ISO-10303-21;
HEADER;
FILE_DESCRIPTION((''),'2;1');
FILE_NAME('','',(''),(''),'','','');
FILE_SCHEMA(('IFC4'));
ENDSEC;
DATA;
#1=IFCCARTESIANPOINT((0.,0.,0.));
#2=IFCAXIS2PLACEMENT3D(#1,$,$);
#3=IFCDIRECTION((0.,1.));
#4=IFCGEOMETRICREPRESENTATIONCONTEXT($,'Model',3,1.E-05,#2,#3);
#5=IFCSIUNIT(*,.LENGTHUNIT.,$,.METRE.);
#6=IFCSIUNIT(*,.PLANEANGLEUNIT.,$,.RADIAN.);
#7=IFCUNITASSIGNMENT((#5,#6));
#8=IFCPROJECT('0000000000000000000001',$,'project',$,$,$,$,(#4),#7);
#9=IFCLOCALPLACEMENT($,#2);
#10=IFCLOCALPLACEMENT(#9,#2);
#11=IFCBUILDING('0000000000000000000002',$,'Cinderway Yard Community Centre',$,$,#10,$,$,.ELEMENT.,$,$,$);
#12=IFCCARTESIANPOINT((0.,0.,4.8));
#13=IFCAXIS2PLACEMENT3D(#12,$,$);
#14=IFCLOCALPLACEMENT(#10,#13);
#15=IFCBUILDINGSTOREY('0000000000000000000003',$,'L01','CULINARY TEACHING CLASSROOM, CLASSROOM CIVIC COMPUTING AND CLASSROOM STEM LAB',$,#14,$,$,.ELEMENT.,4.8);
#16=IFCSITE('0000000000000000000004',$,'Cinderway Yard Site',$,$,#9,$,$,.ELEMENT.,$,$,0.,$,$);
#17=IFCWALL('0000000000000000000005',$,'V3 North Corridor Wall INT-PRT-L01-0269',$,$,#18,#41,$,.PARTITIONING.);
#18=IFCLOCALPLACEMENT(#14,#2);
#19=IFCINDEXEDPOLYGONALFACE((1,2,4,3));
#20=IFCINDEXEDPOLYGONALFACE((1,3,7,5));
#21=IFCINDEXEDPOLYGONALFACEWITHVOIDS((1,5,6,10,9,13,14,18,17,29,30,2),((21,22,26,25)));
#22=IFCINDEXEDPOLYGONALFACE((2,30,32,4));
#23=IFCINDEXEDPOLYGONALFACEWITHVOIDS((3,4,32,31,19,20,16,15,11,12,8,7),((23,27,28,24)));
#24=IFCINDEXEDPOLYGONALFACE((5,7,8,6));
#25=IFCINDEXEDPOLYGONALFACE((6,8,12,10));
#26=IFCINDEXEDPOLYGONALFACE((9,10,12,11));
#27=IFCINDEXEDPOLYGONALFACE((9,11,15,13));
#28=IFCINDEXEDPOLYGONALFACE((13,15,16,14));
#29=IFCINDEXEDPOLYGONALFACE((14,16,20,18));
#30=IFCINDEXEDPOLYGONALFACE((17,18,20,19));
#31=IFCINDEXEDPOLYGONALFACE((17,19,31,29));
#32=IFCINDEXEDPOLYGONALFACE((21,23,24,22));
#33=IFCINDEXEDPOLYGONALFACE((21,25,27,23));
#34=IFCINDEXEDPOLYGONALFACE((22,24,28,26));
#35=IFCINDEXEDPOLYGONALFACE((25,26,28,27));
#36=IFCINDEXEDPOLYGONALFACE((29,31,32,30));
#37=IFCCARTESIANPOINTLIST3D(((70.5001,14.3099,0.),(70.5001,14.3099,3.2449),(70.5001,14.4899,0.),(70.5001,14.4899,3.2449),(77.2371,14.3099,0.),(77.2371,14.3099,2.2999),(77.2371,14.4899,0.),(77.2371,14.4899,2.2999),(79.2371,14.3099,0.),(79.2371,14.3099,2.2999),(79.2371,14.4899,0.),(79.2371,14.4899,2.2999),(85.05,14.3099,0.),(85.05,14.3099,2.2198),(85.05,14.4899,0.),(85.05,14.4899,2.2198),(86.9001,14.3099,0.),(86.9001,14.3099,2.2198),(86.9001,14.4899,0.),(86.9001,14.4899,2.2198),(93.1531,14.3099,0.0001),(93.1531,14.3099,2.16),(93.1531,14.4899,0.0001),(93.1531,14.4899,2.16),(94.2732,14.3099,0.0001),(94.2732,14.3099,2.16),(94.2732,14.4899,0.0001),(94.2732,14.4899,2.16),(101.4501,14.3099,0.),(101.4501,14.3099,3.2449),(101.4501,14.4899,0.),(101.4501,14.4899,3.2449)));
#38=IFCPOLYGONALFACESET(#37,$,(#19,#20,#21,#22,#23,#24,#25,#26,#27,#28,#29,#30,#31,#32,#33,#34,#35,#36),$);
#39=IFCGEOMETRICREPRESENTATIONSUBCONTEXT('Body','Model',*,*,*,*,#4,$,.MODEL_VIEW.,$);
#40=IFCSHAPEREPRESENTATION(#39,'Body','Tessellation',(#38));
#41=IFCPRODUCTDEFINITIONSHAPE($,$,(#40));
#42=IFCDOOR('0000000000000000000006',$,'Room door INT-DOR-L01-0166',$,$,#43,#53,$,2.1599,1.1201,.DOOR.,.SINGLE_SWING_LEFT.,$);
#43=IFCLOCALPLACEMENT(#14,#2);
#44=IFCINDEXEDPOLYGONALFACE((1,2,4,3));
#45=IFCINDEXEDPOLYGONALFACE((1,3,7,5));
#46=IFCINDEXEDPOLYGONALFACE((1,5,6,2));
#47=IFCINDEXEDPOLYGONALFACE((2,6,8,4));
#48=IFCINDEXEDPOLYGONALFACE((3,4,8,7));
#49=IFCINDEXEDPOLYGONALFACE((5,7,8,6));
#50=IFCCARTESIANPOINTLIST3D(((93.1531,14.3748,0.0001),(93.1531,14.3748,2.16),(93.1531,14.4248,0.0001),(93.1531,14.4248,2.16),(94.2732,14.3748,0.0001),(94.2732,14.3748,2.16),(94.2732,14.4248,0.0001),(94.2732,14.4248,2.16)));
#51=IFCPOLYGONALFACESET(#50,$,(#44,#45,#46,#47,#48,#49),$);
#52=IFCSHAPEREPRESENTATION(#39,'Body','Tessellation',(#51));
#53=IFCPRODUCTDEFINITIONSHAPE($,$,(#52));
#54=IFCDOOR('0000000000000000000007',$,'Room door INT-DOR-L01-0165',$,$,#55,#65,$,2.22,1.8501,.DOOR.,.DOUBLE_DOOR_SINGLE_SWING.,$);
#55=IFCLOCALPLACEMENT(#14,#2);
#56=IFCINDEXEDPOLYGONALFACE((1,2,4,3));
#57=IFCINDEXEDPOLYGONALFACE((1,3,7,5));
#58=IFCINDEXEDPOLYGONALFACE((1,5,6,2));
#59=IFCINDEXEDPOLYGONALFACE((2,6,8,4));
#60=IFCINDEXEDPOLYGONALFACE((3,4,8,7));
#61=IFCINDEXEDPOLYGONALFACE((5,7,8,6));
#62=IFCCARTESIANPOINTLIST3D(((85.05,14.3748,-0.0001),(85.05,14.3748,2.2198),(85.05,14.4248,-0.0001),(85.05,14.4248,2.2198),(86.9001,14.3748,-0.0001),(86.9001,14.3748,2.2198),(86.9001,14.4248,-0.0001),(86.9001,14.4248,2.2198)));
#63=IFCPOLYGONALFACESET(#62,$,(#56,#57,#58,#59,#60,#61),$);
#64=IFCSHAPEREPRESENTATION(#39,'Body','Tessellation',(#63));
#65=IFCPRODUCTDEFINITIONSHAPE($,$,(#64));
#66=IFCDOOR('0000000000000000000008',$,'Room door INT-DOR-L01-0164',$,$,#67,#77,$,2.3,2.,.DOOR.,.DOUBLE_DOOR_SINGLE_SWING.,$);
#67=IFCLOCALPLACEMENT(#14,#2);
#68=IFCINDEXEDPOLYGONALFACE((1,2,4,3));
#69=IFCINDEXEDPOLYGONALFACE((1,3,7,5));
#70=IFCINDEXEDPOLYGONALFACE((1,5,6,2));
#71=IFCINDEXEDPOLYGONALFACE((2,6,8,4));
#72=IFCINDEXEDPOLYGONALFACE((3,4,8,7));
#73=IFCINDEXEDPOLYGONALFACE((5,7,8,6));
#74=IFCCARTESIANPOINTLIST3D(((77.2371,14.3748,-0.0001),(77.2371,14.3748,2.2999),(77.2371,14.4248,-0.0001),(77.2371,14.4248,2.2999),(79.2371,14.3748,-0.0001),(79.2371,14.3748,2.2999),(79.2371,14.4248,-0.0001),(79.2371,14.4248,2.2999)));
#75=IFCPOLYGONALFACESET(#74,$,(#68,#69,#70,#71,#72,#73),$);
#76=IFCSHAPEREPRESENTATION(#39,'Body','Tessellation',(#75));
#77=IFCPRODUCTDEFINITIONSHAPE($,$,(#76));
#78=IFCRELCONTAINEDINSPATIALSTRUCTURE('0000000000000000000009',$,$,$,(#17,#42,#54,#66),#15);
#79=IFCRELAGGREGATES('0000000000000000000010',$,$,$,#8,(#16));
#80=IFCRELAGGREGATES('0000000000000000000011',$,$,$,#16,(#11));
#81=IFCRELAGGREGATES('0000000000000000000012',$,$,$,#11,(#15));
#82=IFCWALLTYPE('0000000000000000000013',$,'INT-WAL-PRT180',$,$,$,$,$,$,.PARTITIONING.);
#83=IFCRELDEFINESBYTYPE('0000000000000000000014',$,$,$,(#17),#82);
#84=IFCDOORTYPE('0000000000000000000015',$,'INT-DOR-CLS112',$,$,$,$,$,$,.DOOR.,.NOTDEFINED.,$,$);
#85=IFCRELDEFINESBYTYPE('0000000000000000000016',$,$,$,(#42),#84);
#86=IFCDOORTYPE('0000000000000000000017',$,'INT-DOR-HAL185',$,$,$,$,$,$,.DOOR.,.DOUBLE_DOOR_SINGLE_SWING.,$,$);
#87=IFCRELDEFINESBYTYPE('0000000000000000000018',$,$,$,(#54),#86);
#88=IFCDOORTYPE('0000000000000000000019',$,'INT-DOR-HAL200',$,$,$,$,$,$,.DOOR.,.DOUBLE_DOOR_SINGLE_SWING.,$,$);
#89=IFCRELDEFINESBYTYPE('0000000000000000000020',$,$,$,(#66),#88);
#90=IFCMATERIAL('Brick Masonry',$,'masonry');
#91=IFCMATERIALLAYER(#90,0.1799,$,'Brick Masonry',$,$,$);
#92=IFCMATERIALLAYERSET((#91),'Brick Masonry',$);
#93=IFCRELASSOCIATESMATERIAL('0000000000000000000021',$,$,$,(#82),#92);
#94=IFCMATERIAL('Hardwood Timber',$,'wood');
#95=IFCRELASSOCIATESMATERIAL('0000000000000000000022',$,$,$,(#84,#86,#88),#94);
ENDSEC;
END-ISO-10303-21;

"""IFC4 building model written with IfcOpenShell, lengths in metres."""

from ifc_helpers import new_model, si_unit, direction, frame, frame_2d, origin, place, context, subcontext, project, spatial, rectangle, extrude, material, layer, layer_set, type_object, element, fill, save


model = new_model("IFC4")

# Units and contexts
model_context = context("Model", 3, precision=1e-05, world=origin(), true_north=direction((0.0, 1.0)))
body_context = subcontext(model_context, "Body", "Model", "MODEL_VIEW")
ifc_project = project(units=[si_unit("LENGTHUNIT", "METRE"), si_unit("PLANEANGLEUNIT", "RADIAN")], contexts=[model_context])

# Site, building, storey
site_placement = place(None, origin())
site = spatial("IfcSite", under=ifc_project, at=site_placement, Name="Cinderway Yard Site", CompositionType="ELEMENT", RefElevation=0.0)
building_placement = place(site_placement, origin())
building = spatial("IfcBuilding", under=site, at=building_placement, Name="Cinderway Yard Community Centre", CompositionType="ELEMENT")
storey_placement = place(building_placement, frame((0.0, 0.0, 4.8)))
storey = spatial("IfcBuildingStorey", under=building, at=storey_placement, Name="L01", Description="CULINARY TEACHING CLASSROOM, CLASSROOM CIVIC COMPUTING AND CLASSROOM STEM LAB", CompositionType="ELEMENT", Elevation=4.8)

# Wall, openings, doors
ifc_material_1 = material(Name="Brick Masonry", Category="masonry")
ifc_layer_1 = layer(ifc_material_1, 0.1799, Name="Brick Masonry")
ifc_layer_set_1 = layer_set([ifc_layer_1], Name="Brick Masonry")
wall_type = type_object("IfcWallType", Name="INT-WAL-PRT180", PredefinedType="PARTITIONING", material=ifc_layer_set_1)
wall_placement = place(storey_placement, frame((70.5, 14.3999, 0.0), z_axis=(0.0, 0.0, 1.0), x_axis=(1.0, 0.0, 0.0)))
wall = element("IfcWall", 1, at=wall_placement, inside=storey, type_object=wall_type, Name="V3 North Corridor Wall INT-PRT-L01-0269", PredefinedType="PARTITIONING", context=body_context, shape_type="SweptSolid", body=[
    extrude(rectangle(XDim=30.95, YDim=0.1799, at=frame_2d((15.4751, 0.0))), origin(), (0.0, 0.0, 1.0), 3.2449),
])
opening_1_placement = place(wall_placement, frame((6.7371, 0.0, 0.0)))
opening_1 = element("IfcOpeningElement", 2, at=opening_1_placement, cuts=wall, PredefinedType="OPENING", context=body_context, shape_type="SweptSolid", body=[
    extrude(rectangle(XDim=2.0, YDim=2.3, at=frame_2d((1.0, 1.1499))), frame((0.0, 0.0999, 0.0), z_axis=(0.0, -1.0, 0.0), x_axis=(1.0, 0.0, 0.0)), (0.0, 0.0, 1.0), 0.2),
])
opening_2_placement = place(wall_placement, frame((14.55, 0.0, 0.0)))
opening_2 = element("IfcOpeningElement", 3, at=opening_2_placement, cuts=wall, PredefinedType="OPENING", context=body_context, shape_type="SweptSolid", body=[
    extrude(rectangle(XDim=1.8501, YDim=2.22, at=frame_2d((0.925, 1.1099))), frame((0.0, 0.0999, 0.0), z_axis=(0.0, -1.0, 0.0), x_axis=(1.0, 0.0, 0.0)), (0.0, 0.0, 1.0), 0.2),
])
opening_3_placement = place(wall_placement, frame((22.6531, 0.0, 0.0)))
opening_3 = element("IfcOpeningElement", 4, at=opening_3_placement, cuts=wall, PredefinedType="OPENING", context=body_context, shape_type="SweptSolid", body=[
    extrude(rectangle(XDim=1.1201, YDim=2.1599, at=frame_2d((0.5601, 1.0801))), frame((0.0, 0.0999, 0.0), z_axis=(0.0, -1.0, 0.0), x_axis=(1.0, 0.0, 0.0)), (0.0, 0.0, 1.0), 0.2),
])
ifc_material_2 = material(Name="Hardwood Timber", Category="wood")
door_type_1 = type_object("IfcDoorType", Name="INT-DOR-CLS112", OperationType="NOTDEFINED", PredefinedType="DOOR", material=ifc_material_2)
door_1_placement = place(opening_3_placement, origin())
door_1 = element("IfcDoor", 5, at=door_1_placement, inside=storey, type_object=door_type_1, Name="Room door INT-DOR-L01-0166", OperationType="SINGLE_SWING_LEFT", OverallHeight=2.1599, OverallWidth=1.1201, PredefinedType="DOOR", context=body_context, shape_type="SweptSolid", body=[
    extrude(rectangle(XDim=1.1201, YDim=2.1599, at=frame_2d((0.5601, 1.0801))), frame((0.0, 0.0249, 0.0), z_axis=(0.0, -1.0, 0.0), x_axis=(1.0, 0.0, 0.0)), (0.0, 0.0, 1.0), 0.05),
])
fill(opening_3, door_1)
door_type_2 = type_object("IfcDoorType", Name="INT-DOR-HAL185", OperationType="DOUBLE_DOOR_SINGLE_SWING", PredefinedType="DOOR", material=ifc_material_2)
door_2_placement = place(opening_2_placement, origin())
door_2 = element("IfcDoor", 6, at=door_2_placement, inside=storey, type_object=door_type_2, Name="Room door INT-DOR-L01-0165", OperationType="DOUBLE_DOOR_SINGLE_SWING", OverallHeight=2.22, OverallWidth=1.8501, PredefinedType="DOOR", context=body_context, shape_type="SweptSolid", body=[
    extrude(rectangle(XDim=1.8501, YDim=2.22, at=frame_2d((0.925, 1.1099))), frame((0.0, 0.0249, 0.0), z_axis=(0.0, -1.0, 0.0), x_axis=(1.0, 0.0, 0.0)), (0.0, 0.0, 1.0), 0.05),
])
fill(opening_2, door_2)
door_type_3 = type_object("IfcDoorType", Name="INT-DOR-HAL200", OperationType="DOUBLE_DOOR_SINGLE_SWING", PredefinedType="DOOR", material=ifc_material_2)
door_3_placement = place(opening_1_placement, origin())
door_3 = element("IfcDoor", 7, at=door_3_placement, inside=storey, type_object=door_type_3, Name="Room door INT-DOR-L01-0164", OperationType="DOUBLE_DOOR_SINGLE_SWING", OverallHeight=2.3, OverallWidth=2.0, PredefinedType="DOOR", context=body_context, shape_type="SweptSolid", body=[
    extrude(rectangle(XDim=2.0, YDim=2.3, at=frame_2d((1.0, 1.1499))), frame((0.0, 0.0249, 0.0), z_axis=(0.0, -1.0, 0.0), x_axis=(1.0, 0.0, 0.0)), (0.0, 0.0, 1.0), 0.05),
])
fill(opening_1, door_3)

save(model, "model.ifc")
